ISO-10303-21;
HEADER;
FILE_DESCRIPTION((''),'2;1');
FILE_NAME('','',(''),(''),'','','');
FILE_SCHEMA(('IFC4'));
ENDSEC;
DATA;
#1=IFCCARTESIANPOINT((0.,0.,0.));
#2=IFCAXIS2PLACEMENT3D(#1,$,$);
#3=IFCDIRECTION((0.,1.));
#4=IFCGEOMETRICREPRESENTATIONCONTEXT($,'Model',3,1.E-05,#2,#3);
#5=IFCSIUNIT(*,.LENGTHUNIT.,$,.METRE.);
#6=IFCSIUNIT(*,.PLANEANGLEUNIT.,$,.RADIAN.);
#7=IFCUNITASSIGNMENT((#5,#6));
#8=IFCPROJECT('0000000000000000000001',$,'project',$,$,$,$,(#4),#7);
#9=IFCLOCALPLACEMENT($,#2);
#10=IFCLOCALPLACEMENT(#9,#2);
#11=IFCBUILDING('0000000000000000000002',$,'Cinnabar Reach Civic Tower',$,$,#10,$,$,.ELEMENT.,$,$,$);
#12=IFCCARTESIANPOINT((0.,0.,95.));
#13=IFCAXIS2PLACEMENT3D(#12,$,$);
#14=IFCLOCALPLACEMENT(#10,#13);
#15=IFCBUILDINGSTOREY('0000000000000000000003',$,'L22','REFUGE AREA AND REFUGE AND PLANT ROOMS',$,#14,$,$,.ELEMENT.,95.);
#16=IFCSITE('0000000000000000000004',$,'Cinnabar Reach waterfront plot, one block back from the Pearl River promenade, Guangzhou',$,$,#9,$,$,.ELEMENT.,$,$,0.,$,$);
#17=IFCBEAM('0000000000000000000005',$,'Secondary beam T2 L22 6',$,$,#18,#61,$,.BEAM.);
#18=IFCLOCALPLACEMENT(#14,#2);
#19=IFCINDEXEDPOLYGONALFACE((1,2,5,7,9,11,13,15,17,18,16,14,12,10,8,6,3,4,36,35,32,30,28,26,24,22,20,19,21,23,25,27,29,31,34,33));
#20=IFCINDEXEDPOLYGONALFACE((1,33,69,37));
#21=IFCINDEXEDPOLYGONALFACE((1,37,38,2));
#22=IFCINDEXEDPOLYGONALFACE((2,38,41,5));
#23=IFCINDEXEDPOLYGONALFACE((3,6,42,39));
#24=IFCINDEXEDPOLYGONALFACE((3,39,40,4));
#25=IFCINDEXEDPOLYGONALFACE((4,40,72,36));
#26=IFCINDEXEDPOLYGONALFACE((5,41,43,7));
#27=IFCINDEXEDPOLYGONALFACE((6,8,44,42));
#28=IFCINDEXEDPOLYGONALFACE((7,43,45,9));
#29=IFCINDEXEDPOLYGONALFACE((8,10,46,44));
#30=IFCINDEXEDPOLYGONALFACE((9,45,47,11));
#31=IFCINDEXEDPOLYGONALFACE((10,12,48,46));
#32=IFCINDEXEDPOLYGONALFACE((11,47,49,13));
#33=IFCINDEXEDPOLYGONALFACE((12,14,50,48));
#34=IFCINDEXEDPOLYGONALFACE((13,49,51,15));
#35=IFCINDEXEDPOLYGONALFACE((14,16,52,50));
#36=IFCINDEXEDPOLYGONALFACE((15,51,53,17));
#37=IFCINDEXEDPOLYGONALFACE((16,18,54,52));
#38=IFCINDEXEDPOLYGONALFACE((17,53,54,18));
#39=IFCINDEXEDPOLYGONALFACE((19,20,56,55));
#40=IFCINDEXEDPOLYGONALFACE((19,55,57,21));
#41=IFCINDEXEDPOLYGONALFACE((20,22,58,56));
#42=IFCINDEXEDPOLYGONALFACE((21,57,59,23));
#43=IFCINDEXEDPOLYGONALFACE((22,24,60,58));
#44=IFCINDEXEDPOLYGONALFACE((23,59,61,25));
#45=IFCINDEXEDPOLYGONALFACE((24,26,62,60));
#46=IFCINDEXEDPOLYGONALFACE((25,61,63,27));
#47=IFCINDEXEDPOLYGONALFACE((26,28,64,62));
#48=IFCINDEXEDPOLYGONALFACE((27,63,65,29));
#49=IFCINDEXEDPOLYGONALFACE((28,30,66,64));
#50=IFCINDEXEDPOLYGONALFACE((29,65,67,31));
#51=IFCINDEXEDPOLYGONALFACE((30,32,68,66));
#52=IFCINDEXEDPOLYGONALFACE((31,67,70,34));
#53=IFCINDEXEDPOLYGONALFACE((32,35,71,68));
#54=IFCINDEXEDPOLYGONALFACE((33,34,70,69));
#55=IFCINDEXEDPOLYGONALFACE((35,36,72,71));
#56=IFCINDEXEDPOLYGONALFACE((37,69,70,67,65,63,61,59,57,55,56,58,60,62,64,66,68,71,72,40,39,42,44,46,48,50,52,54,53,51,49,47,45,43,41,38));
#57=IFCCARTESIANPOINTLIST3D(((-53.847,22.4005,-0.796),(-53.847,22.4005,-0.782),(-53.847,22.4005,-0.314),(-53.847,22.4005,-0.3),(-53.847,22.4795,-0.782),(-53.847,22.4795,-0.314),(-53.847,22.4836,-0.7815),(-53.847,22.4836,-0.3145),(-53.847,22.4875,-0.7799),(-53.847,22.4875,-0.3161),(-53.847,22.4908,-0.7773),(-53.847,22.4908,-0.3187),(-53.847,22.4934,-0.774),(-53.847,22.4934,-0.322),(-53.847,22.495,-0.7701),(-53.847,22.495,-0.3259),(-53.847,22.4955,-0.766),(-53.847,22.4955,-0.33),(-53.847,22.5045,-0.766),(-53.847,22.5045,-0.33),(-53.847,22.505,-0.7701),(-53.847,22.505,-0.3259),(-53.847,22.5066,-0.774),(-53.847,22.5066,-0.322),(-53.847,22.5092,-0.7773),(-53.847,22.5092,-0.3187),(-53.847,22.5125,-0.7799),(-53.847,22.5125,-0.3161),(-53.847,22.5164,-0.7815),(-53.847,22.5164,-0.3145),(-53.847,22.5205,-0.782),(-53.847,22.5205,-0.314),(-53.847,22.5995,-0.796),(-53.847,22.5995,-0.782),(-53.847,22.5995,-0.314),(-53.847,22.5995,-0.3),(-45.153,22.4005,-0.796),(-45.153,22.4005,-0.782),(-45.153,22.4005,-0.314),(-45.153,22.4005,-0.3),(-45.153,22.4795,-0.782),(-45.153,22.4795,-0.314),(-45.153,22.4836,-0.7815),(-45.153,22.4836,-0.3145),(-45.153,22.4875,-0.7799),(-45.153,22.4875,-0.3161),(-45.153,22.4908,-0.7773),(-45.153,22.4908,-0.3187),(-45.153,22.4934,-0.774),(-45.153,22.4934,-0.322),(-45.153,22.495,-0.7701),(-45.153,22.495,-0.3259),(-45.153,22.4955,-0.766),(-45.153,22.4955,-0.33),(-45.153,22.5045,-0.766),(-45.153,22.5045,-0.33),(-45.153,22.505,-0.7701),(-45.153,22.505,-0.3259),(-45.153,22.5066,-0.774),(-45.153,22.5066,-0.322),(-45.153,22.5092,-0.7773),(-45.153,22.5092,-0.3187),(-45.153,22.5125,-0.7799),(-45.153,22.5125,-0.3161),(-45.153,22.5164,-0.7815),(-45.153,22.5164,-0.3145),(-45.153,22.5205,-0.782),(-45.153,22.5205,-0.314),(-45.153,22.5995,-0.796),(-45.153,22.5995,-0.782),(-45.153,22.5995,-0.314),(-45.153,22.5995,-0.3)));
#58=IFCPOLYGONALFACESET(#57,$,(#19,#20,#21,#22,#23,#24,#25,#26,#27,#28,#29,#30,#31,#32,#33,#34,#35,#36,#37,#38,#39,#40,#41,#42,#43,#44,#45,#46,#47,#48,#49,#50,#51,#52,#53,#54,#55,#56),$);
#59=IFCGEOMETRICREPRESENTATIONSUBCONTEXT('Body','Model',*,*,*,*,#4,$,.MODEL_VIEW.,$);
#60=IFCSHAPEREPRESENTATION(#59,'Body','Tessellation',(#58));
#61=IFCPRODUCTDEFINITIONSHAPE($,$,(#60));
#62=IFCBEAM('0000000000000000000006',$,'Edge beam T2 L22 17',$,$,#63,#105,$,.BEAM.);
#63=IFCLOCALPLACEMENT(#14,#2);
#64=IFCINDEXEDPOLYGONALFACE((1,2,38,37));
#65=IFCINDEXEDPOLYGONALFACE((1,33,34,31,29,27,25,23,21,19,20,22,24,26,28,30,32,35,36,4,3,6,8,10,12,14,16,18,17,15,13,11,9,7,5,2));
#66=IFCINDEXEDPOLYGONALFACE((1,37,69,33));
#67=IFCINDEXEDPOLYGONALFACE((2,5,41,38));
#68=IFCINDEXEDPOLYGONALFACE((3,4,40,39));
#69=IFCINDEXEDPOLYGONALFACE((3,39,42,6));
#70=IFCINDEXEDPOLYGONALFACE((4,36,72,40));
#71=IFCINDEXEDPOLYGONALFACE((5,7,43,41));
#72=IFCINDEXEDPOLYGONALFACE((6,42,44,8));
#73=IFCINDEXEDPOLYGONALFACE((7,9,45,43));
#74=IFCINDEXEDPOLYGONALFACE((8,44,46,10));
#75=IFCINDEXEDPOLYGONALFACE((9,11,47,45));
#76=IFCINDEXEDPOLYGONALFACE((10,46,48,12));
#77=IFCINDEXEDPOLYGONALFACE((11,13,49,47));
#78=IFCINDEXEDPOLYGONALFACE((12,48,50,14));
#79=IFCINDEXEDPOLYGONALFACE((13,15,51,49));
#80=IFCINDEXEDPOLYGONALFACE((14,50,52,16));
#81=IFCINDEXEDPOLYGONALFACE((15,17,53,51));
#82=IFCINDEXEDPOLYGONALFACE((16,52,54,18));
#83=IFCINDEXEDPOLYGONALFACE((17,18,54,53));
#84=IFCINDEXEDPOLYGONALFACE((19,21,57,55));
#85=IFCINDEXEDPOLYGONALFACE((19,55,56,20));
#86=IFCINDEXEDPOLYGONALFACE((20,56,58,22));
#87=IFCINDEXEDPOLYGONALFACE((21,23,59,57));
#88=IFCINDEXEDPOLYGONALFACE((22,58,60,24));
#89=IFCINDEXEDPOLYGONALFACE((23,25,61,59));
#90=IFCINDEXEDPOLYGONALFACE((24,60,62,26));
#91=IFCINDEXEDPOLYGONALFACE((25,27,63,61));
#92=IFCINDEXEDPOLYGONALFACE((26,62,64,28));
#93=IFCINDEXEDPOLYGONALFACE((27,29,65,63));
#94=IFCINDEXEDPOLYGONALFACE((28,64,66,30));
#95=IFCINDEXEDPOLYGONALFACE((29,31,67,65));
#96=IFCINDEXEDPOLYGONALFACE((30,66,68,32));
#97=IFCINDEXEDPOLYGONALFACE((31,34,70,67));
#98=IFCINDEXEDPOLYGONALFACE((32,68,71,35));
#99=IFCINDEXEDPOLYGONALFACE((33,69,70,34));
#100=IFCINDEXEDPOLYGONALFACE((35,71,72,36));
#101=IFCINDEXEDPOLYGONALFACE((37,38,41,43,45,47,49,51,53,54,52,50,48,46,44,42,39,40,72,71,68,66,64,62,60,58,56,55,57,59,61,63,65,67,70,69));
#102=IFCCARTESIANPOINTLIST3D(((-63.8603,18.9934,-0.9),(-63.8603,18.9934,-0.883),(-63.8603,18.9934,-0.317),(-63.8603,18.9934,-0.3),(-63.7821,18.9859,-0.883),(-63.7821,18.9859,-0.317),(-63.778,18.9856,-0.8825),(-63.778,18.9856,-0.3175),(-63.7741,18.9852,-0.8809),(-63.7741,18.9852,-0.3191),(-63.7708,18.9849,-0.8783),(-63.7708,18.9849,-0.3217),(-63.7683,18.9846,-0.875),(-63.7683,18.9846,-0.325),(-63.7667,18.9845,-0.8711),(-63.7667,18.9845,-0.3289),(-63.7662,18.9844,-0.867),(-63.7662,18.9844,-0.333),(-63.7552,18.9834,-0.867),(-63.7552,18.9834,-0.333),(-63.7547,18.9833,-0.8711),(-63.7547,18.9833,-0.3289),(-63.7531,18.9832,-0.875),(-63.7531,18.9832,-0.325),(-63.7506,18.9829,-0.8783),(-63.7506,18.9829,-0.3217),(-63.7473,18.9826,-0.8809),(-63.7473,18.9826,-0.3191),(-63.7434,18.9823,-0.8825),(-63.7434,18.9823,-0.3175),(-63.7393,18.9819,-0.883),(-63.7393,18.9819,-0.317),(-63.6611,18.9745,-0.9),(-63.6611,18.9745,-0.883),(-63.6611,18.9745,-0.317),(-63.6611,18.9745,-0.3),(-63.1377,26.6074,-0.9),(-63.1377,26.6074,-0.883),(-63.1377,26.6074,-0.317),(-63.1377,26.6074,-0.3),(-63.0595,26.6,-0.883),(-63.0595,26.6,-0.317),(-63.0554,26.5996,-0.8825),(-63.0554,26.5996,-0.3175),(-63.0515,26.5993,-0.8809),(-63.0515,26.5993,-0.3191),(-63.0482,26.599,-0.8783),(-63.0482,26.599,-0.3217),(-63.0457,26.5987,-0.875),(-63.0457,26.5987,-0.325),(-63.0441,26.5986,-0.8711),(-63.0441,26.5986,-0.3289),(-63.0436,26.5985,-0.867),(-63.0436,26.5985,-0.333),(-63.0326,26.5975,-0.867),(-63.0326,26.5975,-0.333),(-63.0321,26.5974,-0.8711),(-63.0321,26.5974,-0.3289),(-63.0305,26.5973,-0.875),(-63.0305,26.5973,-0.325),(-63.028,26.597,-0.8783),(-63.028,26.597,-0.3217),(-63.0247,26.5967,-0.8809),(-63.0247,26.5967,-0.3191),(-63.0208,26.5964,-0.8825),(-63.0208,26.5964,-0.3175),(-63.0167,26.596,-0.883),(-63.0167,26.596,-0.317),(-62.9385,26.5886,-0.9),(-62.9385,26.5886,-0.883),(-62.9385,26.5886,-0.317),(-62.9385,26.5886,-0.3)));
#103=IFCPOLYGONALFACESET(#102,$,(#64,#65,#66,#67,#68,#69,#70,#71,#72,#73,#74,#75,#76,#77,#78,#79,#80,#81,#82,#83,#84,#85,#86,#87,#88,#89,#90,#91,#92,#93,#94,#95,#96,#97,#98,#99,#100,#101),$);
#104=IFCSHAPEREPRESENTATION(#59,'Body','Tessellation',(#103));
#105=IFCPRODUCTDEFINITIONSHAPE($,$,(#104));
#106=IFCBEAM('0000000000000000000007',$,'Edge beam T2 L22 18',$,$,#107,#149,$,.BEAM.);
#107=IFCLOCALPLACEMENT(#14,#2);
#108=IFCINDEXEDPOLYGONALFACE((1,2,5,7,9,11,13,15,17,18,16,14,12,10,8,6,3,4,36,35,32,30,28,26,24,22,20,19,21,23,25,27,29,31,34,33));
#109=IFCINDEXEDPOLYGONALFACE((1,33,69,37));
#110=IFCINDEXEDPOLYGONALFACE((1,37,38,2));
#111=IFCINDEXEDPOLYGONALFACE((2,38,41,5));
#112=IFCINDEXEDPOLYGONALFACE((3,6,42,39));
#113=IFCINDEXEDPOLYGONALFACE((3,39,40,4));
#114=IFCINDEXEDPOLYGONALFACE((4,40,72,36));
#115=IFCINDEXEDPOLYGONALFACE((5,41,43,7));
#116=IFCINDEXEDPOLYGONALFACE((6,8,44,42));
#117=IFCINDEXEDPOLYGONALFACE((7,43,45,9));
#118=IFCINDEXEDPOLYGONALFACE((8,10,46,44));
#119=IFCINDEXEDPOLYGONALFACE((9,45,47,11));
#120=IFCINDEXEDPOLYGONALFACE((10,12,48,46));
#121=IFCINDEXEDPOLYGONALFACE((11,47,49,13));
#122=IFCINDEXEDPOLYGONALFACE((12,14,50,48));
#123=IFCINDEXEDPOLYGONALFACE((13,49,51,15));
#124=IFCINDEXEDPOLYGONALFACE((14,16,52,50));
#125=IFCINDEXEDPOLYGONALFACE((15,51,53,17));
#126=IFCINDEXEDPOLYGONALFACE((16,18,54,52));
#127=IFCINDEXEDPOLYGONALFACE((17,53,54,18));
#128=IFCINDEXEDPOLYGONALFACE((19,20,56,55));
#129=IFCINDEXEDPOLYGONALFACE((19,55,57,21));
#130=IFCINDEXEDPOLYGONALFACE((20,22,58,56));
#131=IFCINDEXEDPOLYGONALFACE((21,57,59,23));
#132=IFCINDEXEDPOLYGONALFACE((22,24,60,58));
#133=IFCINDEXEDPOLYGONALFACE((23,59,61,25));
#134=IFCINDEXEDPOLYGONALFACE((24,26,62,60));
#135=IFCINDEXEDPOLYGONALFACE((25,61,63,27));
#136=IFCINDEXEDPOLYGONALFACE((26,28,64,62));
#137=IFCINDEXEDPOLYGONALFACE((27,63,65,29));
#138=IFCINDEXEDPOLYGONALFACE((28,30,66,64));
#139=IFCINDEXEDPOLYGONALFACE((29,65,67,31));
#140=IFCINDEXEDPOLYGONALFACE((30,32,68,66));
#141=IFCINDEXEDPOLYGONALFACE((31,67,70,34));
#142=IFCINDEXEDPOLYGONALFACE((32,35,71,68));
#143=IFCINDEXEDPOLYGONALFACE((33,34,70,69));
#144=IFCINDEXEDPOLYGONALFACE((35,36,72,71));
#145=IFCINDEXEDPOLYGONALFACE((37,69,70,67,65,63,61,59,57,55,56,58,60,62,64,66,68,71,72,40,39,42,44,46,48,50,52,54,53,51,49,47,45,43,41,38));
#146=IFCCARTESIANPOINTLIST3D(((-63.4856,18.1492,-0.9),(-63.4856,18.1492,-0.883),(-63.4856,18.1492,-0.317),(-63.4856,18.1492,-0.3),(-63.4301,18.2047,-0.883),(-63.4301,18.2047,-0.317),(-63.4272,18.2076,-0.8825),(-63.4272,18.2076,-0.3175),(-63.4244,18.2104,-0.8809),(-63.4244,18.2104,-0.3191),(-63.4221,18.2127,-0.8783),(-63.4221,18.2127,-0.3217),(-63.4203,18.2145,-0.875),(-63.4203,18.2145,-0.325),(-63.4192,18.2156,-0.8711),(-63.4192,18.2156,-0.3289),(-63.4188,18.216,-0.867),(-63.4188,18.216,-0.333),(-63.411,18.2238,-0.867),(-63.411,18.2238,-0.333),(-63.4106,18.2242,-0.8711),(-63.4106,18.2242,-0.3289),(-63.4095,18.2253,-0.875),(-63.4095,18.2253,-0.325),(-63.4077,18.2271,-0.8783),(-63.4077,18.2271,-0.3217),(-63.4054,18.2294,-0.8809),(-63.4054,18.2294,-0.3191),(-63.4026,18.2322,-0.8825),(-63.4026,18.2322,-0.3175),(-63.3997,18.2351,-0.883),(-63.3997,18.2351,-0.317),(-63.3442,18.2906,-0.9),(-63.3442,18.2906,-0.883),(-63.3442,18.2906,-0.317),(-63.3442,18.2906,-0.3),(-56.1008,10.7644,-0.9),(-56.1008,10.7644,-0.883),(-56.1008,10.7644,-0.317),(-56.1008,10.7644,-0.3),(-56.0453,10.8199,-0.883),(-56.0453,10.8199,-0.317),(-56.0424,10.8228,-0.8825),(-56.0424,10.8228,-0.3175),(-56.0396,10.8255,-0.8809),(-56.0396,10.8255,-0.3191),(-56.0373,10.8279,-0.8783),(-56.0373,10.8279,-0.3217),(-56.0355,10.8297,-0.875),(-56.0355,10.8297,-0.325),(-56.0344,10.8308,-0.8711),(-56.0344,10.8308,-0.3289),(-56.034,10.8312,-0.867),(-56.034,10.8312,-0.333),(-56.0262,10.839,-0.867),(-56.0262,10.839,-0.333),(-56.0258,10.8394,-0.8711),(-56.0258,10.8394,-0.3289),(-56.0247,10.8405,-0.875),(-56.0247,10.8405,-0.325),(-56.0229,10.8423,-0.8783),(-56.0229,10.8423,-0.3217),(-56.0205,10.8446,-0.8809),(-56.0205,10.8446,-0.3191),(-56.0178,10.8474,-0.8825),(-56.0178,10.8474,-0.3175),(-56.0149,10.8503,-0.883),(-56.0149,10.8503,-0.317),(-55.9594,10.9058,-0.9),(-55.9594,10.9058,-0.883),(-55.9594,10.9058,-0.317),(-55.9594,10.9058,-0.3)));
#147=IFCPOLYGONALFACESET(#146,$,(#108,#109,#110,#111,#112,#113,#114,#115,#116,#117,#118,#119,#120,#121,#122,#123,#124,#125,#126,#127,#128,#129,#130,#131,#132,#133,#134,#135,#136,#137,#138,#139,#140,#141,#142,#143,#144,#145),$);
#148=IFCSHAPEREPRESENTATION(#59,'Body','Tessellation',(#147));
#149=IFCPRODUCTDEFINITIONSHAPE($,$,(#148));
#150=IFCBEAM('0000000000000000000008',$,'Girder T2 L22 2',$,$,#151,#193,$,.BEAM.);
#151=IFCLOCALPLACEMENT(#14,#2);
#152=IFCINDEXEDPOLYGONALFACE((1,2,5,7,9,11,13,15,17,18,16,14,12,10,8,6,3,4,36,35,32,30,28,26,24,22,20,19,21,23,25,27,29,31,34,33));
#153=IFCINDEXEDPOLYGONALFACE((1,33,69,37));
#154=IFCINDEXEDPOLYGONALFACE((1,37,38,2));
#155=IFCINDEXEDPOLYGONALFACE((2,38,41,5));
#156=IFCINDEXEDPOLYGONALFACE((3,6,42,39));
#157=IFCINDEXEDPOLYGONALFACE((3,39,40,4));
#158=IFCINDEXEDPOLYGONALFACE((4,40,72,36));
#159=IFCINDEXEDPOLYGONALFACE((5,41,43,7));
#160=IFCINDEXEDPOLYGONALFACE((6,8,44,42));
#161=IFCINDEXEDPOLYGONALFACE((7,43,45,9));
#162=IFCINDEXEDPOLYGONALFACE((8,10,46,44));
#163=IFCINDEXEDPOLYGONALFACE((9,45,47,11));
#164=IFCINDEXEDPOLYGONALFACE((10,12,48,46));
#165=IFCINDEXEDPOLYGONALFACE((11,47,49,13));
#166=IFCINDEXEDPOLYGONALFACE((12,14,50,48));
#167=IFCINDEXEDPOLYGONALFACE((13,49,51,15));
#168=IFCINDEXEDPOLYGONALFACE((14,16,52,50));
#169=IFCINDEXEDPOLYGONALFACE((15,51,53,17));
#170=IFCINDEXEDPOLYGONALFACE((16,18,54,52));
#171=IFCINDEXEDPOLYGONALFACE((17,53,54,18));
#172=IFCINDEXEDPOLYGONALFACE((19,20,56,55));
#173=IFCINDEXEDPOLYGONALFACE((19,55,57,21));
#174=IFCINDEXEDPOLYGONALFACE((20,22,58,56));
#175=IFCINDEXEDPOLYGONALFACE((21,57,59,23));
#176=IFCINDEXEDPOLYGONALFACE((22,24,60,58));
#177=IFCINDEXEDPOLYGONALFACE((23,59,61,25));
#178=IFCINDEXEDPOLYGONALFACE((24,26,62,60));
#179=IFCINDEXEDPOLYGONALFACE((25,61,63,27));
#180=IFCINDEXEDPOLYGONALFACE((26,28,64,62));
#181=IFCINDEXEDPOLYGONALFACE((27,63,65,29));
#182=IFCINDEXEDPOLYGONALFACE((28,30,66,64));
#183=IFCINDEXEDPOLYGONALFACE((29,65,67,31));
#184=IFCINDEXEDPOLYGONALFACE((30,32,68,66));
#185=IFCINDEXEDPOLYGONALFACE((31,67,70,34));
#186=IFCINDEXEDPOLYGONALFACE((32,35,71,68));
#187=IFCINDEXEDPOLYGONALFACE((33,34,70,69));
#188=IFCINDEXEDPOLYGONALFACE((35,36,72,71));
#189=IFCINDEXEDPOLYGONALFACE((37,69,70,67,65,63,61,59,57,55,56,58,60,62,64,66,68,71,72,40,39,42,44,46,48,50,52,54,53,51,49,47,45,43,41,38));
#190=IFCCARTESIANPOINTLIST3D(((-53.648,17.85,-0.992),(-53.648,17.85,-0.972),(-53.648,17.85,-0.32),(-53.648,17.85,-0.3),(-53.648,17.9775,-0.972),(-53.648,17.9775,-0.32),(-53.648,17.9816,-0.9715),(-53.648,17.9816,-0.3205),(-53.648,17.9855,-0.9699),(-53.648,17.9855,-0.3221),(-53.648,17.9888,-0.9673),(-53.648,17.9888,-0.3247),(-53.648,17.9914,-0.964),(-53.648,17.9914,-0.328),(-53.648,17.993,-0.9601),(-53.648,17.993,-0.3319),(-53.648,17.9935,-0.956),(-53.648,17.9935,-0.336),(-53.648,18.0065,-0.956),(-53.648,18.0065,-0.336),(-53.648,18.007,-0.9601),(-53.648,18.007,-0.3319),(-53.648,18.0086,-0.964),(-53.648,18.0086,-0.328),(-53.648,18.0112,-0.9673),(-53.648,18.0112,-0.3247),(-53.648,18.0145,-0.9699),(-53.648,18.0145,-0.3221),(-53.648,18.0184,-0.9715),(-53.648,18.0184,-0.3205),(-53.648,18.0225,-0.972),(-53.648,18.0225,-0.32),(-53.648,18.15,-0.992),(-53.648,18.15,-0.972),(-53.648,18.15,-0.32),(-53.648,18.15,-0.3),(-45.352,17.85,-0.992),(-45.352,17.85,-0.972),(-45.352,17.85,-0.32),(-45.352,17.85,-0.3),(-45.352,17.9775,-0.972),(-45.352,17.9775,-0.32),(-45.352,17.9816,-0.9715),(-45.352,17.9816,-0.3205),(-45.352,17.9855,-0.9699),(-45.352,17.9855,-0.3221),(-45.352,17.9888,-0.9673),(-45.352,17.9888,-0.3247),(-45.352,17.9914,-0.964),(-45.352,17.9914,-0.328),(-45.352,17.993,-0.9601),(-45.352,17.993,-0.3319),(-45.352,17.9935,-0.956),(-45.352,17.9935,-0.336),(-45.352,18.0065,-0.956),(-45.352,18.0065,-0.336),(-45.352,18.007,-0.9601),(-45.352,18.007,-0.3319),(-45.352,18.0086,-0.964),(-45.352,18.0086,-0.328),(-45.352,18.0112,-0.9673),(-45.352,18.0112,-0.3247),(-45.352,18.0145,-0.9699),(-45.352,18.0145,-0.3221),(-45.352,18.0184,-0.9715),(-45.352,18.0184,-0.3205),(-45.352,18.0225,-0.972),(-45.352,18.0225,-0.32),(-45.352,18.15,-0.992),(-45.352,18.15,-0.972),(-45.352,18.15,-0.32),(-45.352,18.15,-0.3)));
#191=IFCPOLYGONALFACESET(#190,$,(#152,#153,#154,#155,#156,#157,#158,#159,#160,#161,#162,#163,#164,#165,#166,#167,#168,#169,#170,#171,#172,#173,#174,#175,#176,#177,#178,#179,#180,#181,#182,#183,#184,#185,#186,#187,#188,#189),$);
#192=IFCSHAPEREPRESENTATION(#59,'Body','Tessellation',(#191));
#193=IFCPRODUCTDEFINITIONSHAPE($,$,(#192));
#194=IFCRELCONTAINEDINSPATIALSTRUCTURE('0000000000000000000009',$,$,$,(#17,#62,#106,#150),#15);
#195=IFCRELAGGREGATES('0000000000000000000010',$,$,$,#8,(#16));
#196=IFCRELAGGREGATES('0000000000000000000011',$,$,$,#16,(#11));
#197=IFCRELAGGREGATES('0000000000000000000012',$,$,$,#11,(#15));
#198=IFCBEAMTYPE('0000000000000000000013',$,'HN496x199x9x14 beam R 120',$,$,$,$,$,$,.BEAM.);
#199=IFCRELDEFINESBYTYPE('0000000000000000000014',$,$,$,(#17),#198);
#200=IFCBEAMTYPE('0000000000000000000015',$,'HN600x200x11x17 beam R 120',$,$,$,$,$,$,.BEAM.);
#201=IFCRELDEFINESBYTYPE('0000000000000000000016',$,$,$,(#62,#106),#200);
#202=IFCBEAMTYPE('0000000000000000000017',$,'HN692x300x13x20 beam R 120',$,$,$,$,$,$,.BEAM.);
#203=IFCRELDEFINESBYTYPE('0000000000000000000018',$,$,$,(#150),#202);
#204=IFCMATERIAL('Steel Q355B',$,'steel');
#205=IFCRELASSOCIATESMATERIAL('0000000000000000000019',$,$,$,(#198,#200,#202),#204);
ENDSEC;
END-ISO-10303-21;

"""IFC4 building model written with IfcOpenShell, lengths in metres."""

from ifc_helpers import new_model, si_unit, direction, frame, origin, origin_2d, place, context, subcontext, project, spatial, i_section, extrude, material, material_profile, profile_set, type_object, element, save


model = new_model("IFC4")

# Units and contexts
model_context = context("Model", 3, precision=1e-05, world=origin(), true_north=direction((0.0, 1.0)))
body_context = subcontext(model_context, "Body", "Model", "MODEL_VIEW")
ifc_project = project(units=[si_unit("LENGTHUNIT", "METRE"), si_unit("PLANEANGLEUNIT", "RADIAN")], contexts=[model_context])

# Site, building, storey
site_placement = place(None, origin())
site = spatial("IfcSite", under=ifc_project, at=site_placement, Name="Cinnabar Reach waterfront plot, one block back from the Pearl River promenade, Guangzhou", CompositionType="ELEMENT", RefElevation=0.0)
building_placement = place(site_placement, origin())
building = spatial("IfcBuilding", under=site, at=building_placement, Name="Cinnabar Reach Civic Tower", CompositionType="ELEMENT")
storey_placement = place(building_placement, frame((0.0, 0.0, 95.0)))
storey = spatial("IfcBuildingStorey", under=building, at=storey_placement, Name="L22", Description="REFUGE AREA AND REFUGE AND PLANT ROOMS", CompositionType="ELEMENT", Elevation=95.0)

# Beams
ifc_material_1 = material(Name="Steel Q355B", Category="steel")
ifc_material_profile_1 = material_profile(ifc_material_1, i_section(OverallWidth=0.199, OverallDepth=0.496, WebThickness=0.009, FlangeThickness=0.014, FilletRadius=0.016, at=origin_2d()), Name="HN496x199x9x14")
ifc_profile_set_1 = profile_set([ifc_material_profile_1], Name="Steel Q355B")
beam_type_1 = type_object("IfcBeamType", Name="HN496x199x9x14 beam R 120", PredefinedType="BEAM", material=ifc_profile_set_1)
beam_1_placement = place(storey_placement, frame((-53.847, 22.5, -0.548), z_axis=(1.0, 0.0, 0.0), x_axis=(0.0, 1.0, 0.0)))
element("IfcBeam", 1, at=beam_1_placement, inside=storey, type_object=beam_type_1, Name="Secondary beam T2 L22 6", PredefinedType="BEAM", context=body_context, shape_type="SweptSolid", body=[
    extrude(i_section(OverallWidth=0.199, OverallDepth=0.496, WebThickness=0.009, FlangeThickness=0.014, FilletRadius=0.016, at=origin_2d()), origin(), (0.0, 0.0, 1.0), 8.694),
])
ifc_material_profile_2 = material_profile(ifc_material_1, i_section(OverallWidth=0.2, OverallDepth=0.6, WebThickness=0.011, FlangeThickness=0.017, FilletRadius=0.016, at=origin_2d()), Name="HN600x200x11x17")
ifc_profile_set_2 = profile_set([ifc_material_profile_2], Name="Steel Q355B")
beam_type_2 = type_object("IfcBeamType", Name="HN600x200x11x17 beam R 120", PredefinedType="BEAM", material=ifc_profile_set_2)
beam_2_placement = place(storey_placement, frame((-63.0381, 26.598, -0.6), z_axis=(-0.094478, -0.995527, 0.0), x_axis=(0.995527, -0.094478, 0.0)))
element("IfcBeam", 2, at=beam_2_placement, inside=storey, type_object=beam_type_2, Name="Edge beam T2 L22 17", PredefinedType="BEAM", context=body_context, shape_type="SweptSolid", body=[
    extrude(i_section(OverallWidth=0.2, OverallDepth=0.6, WebThickness=0.011, FlangeThickness=0.017, FilletRadius=0.016, at=origin_2d()), origin(), (0.0, 0.0, 1.0), 7.6483),
])
beam_3_placement = place(storey_placement, frame((-63.4149, 18.2199, -0.6), z_axis=(0.707107, -0.707107, 0.0), x_axis=(0.707107, 0.707107, 0.0)))
element("IfcBeam", 3, at=beam_3_placement, inside=storey, type_object=beam_type_2, Name="Edge beam T2 L22 18", PredefinedType="BEAM", context=body_context, shape_type="SweptSolid", body=[
    extrude(i_section(OverallWidth=0.2, OverallDepth=0.6, WebThickness=0.011, FlangeThickness=0.017, FilletRadius=0.016, at=origin_2d()), origin(), (0.0, 0.0, 1.0), 10.4437),
])
ifc_material_profile_3 = material_profile(ifc_material_1, i_section(OverallWidth=0.3, OverallDepth=0.692, WebThickness=0.013, FlangeThickness=0.02, FilletRadius=0.016, at=origin_2d()), Name="HN692x300x13x20")
ifc_profile_set_3 = profile_set([ifc_material_profile_3], Name="Steel Q355B")
beam_type_3 = type_object("IfcBeamType", Name="HN692x300x13x20 beam R 120", PredefinedType="BEAM", material=ifc_profile_set_3)
beam_4_placement = place(storey_placement, frame((-53.648, 18.0, -0.646), z_axis=(1.0, 0.0, 0.0), x_axis=(0.0, 1.0, 0.0)))
element("IfcBeam", 4, at=beam_4_placement, inside=storey, type_object=beam_type_3, Name="Girder T2 L22 2", PredefinedType="BEAM", context=body_context, shape_type="SweptSolid", body=[
    extrude(i_section(OverallWidth=0.3, OverallDepth=0.692, WebThickness=0.013, FlangeThickness=0.02, FilletRadius=0.016, at=origin_2d()), origin(), (0.0, 0.0, 1.0), 8.296),
])

save(model, "model.ifc")
